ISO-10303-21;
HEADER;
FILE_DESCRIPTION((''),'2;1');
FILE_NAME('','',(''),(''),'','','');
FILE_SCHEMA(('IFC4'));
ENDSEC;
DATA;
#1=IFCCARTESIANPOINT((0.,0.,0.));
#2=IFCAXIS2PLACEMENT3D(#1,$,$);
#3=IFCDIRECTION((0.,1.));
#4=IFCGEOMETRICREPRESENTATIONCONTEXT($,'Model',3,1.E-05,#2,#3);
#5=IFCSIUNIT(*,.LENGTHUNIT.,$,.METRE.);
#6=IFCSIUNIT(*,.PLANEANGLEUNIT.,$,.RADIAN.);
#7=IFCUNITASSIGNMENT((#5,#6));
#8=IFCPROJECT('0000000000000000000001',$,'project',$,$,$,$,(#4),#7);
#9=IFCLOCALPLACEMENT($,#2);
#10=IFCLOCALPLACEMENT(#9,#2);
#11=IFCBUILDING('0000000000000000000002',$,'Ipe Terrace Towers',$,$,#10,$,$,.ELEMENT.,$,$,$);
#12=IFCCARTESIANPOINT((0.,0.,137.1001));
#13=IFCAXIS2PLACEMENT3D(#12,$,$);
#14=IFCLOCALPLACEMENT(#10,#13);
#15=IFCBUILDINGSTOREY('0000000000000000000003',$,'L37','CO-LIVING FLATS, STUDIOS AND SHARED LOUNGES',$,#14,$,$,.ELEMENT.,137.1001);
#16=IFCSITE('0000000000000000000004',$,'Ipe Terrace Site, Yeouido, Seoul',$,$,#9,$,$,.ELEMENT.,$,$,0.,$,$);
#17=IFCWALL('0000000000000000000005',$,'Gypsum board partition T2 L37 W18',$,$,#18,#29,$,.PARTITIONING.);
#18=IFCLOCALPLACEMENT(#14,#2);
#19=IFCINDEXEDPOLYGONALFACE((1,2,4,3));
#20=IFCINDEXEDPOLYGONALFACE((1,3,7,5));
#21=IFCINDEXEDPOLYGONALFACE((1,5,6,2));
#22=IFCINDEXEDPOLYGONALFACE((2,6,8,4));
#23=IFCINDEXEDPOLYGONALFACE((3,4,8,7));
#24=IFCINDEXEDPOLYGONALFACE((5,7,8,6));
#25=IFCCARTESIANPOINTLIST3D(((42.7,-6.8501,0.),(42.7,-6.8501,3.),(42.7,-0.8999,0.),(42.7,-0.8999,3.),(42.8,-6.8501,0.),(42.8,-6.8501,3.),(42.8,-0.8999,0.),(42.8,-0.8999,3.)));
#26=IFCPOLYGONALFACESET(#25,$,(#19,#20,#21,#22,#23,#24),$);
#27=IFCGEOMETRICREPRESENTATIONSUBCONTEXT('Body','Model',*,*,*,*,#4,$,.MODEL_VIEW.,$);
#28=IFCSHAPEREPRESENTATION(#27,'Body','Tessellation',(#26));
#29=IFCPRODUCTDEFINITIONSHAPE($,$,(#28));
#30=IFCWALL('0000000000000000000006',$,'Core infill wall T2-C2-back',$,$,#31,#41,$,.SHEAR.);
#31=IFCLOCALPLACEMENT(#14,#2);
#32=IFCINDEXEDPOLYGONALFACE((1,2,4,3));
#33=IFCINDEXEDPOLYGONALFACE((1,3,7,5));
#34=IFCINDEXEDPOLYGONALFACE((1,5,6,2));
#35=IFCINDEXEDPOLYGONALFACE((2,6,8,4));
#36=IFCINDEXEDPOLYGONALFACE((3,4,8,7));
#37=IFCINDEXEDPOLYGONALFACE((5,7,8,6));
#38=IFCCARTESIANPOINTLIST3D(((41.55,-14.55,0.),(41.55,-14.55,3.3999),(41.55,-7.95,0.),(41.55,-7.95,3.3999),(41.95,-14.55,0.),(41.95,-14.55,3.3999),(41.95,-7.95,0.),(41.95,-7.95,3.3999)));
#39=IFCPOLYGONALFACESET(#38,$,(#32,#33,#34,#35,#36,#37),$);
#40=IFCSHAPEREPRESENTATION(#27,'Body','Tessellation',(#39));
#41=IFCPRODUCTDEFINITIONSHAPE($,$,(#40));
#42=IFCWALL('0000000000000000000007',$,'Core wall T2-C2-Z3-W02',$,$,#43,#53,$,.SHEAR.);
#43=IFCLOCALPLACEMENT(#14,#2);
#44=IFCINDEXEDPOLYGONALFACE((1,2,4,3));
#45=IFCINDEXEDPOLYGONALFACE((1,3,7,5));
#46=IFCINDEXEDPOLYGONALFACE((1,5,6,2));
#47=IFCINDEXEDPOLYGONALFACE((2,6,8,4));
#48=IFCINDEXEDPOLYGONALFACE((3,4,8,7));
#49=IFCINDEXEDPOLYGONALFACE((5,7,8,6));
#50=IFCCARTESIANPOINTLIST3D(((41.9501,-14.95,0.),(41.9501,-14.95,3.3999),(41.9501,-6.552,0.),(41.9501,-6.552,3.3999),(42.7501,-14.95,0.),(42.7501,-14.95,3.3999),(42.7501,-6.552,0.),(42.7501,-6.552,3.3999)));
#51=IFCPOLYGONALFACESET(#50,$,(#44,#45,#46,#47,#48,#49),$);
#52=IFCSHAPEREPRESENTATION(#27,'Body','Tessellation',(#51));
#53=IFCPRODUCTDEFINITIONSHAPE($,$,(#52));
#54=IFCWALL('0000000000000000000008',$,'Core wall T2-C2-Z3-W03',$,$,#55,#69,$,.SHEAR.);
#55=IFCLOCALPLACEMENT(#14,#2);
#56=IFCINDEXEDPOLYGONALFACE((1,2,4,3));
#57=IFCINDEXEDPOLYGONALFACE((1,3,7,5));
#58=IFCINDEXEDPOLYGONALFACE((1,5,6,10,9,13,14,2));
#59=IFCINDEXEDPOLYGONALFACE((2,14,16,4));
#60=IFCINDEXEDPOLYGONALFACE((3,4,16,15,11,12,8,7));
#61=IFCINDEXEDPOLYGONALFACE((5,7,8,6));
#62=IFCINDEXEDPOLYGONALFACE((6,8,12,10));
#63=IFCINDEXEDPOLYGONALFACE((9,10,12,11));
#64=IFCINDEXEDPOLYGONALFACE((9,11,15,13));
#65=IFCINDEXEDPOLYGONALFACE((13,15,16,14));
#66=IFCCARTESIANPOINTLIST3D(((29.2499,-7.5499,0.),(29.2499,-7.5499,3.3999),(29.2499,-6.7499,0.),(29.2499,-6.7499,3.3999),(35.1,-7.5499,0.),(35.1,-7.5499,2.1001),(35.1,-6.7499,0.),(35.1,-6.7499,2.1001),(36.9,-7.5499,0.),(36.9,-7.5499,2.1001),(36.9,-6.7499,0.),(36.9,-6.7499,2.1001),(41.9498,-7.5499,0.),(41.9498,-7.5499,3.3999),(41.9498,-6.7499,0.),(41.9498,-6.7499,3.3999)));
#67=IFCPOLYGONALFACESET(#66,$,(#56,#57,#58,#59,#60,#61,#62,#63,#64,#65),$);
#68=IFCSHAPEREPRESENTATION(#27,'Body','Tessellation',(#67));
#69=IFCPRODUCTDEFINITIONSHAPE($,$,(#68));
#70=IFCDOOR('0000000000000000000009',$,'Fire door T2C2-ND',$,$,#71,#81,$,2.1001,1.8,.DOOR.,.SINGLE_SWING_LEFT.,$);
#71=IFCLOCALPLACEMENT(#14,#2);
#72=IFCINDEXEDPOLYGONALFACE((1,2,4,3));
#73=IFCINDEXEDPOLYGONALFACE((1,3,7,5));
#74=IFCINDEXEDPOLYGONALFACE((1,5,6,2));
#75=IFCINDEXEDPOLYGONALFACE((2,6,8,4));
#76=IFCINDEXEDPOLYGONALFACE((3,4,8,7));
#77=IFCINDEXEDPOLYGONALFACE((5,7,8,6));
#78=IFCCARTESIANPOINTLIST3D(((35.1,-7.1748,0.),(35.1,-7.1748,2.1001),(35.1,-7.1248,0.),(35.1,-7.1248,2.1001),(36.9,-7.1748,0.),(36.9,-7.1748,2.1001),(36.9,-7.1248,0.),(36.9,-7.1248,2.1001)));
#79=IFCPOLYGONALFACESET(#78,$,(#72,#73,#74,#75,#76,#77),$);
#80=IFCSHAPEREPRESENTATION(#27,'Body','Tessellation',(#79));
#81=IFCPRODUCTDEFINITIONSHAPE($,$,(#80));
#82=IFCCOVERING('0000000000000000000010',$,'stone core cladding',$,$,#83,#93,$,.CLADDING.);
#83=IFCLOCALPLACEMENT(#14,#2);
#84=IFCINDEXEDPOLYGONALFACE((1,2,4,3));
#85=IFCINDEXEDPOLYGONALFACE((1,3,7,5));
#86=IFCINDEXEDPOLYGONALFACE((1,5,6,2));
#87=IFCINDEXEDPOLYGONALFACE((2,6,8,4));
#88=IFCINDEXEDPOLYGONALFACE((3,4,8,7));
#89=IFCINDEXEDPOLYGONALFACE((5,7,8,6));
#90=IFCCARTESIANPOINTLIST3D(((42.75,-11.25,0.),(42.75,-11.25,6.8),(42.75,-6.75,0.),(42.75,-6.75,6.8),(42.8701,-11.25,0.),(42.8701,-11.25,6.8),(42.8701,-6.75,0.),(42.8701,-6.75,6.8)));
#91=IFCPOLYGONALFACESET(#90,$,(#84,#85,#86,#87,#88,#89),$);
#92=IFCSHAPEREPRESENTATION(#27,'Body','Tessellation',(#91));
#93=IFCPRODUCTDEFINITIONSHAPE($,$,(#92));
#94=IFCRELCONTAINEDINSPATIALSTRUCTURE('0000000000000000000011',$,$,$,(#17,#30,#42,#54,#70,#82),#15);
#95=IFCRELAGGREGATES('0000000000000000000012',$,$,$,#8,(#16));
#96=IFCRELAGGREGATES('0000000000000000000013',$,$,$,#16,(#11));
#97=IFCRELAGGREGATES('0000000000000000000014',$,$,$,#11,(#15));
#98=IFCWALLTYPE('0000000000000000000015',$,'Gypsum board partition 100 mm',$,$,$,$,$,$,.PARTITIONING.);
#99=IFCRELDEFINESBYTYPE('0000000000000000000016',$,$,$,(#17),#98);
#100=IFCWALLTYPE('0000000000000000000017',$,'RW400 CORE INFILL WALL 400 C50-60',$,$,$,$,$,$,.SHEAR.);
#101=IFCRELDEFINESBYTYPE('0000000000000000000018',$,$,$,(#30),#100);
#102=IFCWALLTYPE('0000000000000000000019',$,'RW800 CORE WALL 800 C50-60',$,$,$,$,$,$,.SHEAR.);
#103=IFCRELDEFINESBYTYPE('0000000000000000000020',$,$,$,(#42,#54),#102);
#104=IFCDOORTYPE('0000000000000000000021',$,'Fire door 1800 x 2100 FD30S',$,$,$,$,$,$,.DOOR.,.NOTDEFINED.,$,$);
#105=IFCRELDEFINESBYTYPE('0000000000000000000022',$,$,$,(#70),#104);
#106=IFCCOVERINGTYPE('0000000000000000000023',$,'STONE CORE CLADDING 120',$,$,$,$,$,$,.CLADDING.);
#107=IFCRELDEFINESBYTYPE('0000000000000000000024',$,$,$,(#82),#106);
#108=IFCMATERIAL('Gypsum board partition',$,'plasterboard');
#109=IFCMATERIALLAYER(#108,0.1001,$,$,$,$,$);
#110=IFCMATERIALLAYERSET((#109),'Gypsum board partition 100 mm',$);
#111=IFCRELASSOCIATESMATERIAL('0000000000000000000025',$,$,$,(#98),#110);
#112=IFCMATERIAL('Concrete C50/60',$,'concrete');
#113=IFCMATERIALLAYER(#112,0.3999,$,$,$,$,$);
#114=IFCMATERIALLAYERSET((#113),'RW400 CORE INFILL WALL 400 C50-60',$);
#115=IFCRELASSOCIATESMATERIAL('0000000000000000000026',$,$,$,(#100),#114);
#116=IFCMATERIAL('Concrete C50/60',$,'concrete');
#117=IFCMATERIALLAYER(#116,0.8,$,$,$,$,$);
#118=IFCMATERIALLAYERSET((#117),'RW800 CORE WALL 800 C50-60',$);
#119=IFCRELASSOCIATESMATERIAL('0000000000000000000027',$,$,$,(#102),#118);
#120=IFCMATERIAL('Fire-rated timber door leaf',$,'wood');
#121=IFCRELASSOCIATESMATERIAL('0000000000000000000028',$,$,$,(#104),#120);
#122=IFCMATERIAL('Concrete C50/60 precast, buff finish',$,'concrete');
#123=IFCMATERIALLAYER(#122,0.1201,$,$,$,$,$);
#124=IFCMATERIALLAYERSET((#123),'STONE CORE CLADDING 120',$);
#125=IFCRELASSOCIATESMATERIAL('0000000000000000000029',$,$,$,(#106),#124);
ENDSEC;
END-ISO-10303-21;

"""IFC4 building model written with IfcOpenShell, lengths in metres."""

from ifc_helpers import new_model, si_unit, direction, frame, frame_2d, origin, origin_2d, place, context, subcontext, project, spatial, rectangle, extrude, material, layer, layer_set, type_object, element, fill, save


model = new_model("IFC4")

# Units and contexts
model_context = context("Model", 3, precision=1e-05, world=origin(), true_north=direction((0.0, 1.0)))
body_context = subcontext(model_context, "Body", "Model", "MODEL_VIEW")
ifc_project = project(units=[si_unit("LENGTHUNIT", "METRE"), si_unit("PLANEANGLEUNIT", "RADIAN")], contexts=[model_context])

# Site, building, storey
site_placement = place(None, origin())
site = spatial("IfcSite", under=ifc_project, at=site_placement, Name="Ipe Terrace Site, Yeouido, Seoul", CompositionType="ELEMENT", RefElevation=0.0)
building_placement = place(site_placement, origin())
building = spatial("IfcBuilding", under=site, at=building_placement, Name="Ipe Terrace Towers", CompositionType="ELEMENT")
storey_placement = place(building_placement, frame((0.0, 0.0, 137.1001)))
storey = spatial("IfcBuildingStorey", under=building, at=storey_placement, Name="L37", Description="CO-LIVING FLATS, STUDIOS AND SHARED LOUNGES", CompositionType="ELEMENT", Elevation=137.1001)

# Shared definitions
ifc_material_1 = material(Name="Gypsum board partition", Category="plasterboard")
ifc_layer_1 = layer(ifc_material_1, 0.1001)
ifc_layer_set_1 = layer_set([ifc_layer_1], Name="Gypsum board partition 100 mm")
wall_type_1 = type_object("IfcWallType", Name="Gypsum board partition 100 mm", PredefinedType="PARTITIONING", material=ifc_layer_set_1)

# Walls
wall_1_placement = place(storey_placement, frame((42.75, -6.8501, 0.0), z_axis=(0.0, 0.0, 1.0), x_axis=(0.0, 1.0, 0.0)))
element("IfcWall", 1, at=wall_1_placement, inside=storey, type_object=wall_type_1, Name="Gypsum board partition T2 L37 W18", PredefinedType="PARTITIONING", context=body_context, shape_type="SweptSolid", body=[
    extrude(rectangle(XDim=5.9502, YDim=0.1001, at=frame_2d((2.9751, 0.0))), origin(), (0.0, 0.0, 1.0), 3.0),
])
ifc_material_2 = material(Name="Concrete C50/60", Category="concrete")
ifc_layer_2 = layer(ifc_material_2, 0.3999)
ifc_layer_set_2 = layer_set([ifc_layer_2], Name="RW400 CORE INFILL WALL 400 C50-60")
wall_type_2 = type_object("IfcWallType", Name="RW400 CORE INFILL WALL 400 C50-60", PredefinedType="SHEAR", material=ifc_layer_set_2)
wall_2_placement = place(storey_placement, frame((41.75, -7.95, 0.0), z_axis=(0.0, 0.0, 1.0), x_axis=(0.0, -1.0, 0.0)))
element("IfcWall", 2, at=wall_2_placement, inside=storey, type_object=wall_type_2, Name="Core infill wall T2-C2-back", PredefinedType="SHEAR", context=body_context, shape_type="SweptSolid", body=[
    extrude(rectangle(XDim=6.6001, YDim=0.3999, at=frame_2d((3.3, 0.0))), origin(), (0.0, 0.0, 1.0), 3.3999),
])
ifc_material_3 = material(Name="Concrete C50/60", Category="concrete")
ifc_layer_3 = layer(ifc_material_3, 0.8)
ifc_layer_set_3 = layer_set([ifc_layer_3], Name="RW800 CORE WALL 800 C50-60")
wall_type_3 = type_object("IfcWallType", Name="RW800 CORE WALL 800 C50-60", PredefinedType="SHEAR", material=ifc_layer_set_3)
wall_3_placement = place(storey_placement, frame((42.3501, -14.95, 0.0), z_axis=(0.0, 0.0, 1.0), x_axis=(0.0, 1.0, 0.0)))
element("IfcWall", 3, at=wall_3_placement, inside=storey, type_object=wall_type_3, Name="Core wall T2-C2-Z3-W02", PredefinedType="SHEAR", context=body_context, shape_type="SweptSolid", body=[
    extrude(rectangle(XDim=8.3979, YDim=0.8, at=frame_2d((4.199, 0.0))), origin(), (0.0, 0.0, 1.0), 3.3999),
])

# Wall, opening, door
wall_4_placement = place(storey_placement, frame((41.95, -7.1499, 0.0), z_axis=(0.0, 0.0, 1.0), x_axis=(-1.0, 0.0, 0.0)))
wall_4 = element("IfcWall", 4, at=wall_4_placement, inside=storey, type_object=wall_type_3, Name="Core wall T2-C2-Z3-W03", PredefinedType="SHEAR", context=body_context, shape_type="SweptSolid", body=[
    extrude(rectangle(XDim=12.7, YDim=0.8, at=frame_2d((6.3501, 0.0))), origin(), (0.0, 0.0, 1.0), 3.3999),
])
opening_1_placement = place(wall_4_placement, frame((5.05, 0.0, 0.0)))
opening_1 = element("IfcOpeningElement", 5, at=opening_1_placement, cuts=wall_4, PredefinedType="OPENING", context=body_context, shape_type="SweptSolid", body=[
    extrude(rectangle(XDim=1.8, YDim=2.1001, at=frame_2d((0.8999, 1.05))), frame((0.0, 0.4102, 0.0), z_axis=(0.0, -1.0, 0.0), x_axis=(1.0, 0.0, 0.0)), (0.0, 0.0, 1.0), 0.8201),
])
ifc_material_4 = material(Name="Fire-rated timber door leaf", Category="wood")
door_type_1 = type_object("IfcDoorType", Name="Fire door 1800 x 2100 FD30S", OperationType="NOTDEFINED", PredefinedType="DOOR", material=ifc_material_4)
door_1_placement = place(opening_1_placement, origin())
door_1 = element("IfcDoor", 6, at=door_1_placement, inside=storey, type_object=door_type_1, Name="Fire door T2C2-ND", OperationType="SINGLE_SWING_LEFT", OverallHeight=2.1001, OverallWidth=1.8, PredefinedType="DOOR", context=body_context, shape_type="SweptSolid", body=[
    extrude(rectangle(XDim=1.8, YDim=2.1001, at=frame_2d((0.8999, 1.05))), frame((0.0, 0.0249, 0.0), z_axis=(0.0, -1.0, 0.0), x_axis=(1.0, 0.0, 0.0)), (0.0, 0.0, 1.0), 0.05),
])
fill(opening_1, door_1)

# Covering
ifc_material_5 = material(Name="Concrete C50/60 precast, buff finish", Category="concrete")
ifc_layer_4 = layer(ifc_material_5, 0.1201)
ifc_layer_set_4 = layer_set([ifc_layer_4], Name="STONE CORE CLADDING 120")
covering_type = type_object("IfcCoveringType", Name="STONE CORE CLADDING 120", PredefinedType="CLADDING", material=ifc_layer_set_4)
covering_placement = place(storey_placement, frame((42.8101, -9.0, 0.0), z_axis=(0.0, 0.0, 1.0), x_axis=(0.0, 1.0, 0.0)))
element("IfcCovering", 7, at=covering_placement, inside=storey, type_object=covering_type, Name="stone core cladding", PredefinedType="CLADDING", context=body_context, shape_type="SweptSolid", body=[
    extrude(rectangle(XDim=4.5, YDim=0.1201, at=origin_2d()), origin(), (0.0, 0.0, 1.0), 6.8),
])

save(model, "model.ifc")
